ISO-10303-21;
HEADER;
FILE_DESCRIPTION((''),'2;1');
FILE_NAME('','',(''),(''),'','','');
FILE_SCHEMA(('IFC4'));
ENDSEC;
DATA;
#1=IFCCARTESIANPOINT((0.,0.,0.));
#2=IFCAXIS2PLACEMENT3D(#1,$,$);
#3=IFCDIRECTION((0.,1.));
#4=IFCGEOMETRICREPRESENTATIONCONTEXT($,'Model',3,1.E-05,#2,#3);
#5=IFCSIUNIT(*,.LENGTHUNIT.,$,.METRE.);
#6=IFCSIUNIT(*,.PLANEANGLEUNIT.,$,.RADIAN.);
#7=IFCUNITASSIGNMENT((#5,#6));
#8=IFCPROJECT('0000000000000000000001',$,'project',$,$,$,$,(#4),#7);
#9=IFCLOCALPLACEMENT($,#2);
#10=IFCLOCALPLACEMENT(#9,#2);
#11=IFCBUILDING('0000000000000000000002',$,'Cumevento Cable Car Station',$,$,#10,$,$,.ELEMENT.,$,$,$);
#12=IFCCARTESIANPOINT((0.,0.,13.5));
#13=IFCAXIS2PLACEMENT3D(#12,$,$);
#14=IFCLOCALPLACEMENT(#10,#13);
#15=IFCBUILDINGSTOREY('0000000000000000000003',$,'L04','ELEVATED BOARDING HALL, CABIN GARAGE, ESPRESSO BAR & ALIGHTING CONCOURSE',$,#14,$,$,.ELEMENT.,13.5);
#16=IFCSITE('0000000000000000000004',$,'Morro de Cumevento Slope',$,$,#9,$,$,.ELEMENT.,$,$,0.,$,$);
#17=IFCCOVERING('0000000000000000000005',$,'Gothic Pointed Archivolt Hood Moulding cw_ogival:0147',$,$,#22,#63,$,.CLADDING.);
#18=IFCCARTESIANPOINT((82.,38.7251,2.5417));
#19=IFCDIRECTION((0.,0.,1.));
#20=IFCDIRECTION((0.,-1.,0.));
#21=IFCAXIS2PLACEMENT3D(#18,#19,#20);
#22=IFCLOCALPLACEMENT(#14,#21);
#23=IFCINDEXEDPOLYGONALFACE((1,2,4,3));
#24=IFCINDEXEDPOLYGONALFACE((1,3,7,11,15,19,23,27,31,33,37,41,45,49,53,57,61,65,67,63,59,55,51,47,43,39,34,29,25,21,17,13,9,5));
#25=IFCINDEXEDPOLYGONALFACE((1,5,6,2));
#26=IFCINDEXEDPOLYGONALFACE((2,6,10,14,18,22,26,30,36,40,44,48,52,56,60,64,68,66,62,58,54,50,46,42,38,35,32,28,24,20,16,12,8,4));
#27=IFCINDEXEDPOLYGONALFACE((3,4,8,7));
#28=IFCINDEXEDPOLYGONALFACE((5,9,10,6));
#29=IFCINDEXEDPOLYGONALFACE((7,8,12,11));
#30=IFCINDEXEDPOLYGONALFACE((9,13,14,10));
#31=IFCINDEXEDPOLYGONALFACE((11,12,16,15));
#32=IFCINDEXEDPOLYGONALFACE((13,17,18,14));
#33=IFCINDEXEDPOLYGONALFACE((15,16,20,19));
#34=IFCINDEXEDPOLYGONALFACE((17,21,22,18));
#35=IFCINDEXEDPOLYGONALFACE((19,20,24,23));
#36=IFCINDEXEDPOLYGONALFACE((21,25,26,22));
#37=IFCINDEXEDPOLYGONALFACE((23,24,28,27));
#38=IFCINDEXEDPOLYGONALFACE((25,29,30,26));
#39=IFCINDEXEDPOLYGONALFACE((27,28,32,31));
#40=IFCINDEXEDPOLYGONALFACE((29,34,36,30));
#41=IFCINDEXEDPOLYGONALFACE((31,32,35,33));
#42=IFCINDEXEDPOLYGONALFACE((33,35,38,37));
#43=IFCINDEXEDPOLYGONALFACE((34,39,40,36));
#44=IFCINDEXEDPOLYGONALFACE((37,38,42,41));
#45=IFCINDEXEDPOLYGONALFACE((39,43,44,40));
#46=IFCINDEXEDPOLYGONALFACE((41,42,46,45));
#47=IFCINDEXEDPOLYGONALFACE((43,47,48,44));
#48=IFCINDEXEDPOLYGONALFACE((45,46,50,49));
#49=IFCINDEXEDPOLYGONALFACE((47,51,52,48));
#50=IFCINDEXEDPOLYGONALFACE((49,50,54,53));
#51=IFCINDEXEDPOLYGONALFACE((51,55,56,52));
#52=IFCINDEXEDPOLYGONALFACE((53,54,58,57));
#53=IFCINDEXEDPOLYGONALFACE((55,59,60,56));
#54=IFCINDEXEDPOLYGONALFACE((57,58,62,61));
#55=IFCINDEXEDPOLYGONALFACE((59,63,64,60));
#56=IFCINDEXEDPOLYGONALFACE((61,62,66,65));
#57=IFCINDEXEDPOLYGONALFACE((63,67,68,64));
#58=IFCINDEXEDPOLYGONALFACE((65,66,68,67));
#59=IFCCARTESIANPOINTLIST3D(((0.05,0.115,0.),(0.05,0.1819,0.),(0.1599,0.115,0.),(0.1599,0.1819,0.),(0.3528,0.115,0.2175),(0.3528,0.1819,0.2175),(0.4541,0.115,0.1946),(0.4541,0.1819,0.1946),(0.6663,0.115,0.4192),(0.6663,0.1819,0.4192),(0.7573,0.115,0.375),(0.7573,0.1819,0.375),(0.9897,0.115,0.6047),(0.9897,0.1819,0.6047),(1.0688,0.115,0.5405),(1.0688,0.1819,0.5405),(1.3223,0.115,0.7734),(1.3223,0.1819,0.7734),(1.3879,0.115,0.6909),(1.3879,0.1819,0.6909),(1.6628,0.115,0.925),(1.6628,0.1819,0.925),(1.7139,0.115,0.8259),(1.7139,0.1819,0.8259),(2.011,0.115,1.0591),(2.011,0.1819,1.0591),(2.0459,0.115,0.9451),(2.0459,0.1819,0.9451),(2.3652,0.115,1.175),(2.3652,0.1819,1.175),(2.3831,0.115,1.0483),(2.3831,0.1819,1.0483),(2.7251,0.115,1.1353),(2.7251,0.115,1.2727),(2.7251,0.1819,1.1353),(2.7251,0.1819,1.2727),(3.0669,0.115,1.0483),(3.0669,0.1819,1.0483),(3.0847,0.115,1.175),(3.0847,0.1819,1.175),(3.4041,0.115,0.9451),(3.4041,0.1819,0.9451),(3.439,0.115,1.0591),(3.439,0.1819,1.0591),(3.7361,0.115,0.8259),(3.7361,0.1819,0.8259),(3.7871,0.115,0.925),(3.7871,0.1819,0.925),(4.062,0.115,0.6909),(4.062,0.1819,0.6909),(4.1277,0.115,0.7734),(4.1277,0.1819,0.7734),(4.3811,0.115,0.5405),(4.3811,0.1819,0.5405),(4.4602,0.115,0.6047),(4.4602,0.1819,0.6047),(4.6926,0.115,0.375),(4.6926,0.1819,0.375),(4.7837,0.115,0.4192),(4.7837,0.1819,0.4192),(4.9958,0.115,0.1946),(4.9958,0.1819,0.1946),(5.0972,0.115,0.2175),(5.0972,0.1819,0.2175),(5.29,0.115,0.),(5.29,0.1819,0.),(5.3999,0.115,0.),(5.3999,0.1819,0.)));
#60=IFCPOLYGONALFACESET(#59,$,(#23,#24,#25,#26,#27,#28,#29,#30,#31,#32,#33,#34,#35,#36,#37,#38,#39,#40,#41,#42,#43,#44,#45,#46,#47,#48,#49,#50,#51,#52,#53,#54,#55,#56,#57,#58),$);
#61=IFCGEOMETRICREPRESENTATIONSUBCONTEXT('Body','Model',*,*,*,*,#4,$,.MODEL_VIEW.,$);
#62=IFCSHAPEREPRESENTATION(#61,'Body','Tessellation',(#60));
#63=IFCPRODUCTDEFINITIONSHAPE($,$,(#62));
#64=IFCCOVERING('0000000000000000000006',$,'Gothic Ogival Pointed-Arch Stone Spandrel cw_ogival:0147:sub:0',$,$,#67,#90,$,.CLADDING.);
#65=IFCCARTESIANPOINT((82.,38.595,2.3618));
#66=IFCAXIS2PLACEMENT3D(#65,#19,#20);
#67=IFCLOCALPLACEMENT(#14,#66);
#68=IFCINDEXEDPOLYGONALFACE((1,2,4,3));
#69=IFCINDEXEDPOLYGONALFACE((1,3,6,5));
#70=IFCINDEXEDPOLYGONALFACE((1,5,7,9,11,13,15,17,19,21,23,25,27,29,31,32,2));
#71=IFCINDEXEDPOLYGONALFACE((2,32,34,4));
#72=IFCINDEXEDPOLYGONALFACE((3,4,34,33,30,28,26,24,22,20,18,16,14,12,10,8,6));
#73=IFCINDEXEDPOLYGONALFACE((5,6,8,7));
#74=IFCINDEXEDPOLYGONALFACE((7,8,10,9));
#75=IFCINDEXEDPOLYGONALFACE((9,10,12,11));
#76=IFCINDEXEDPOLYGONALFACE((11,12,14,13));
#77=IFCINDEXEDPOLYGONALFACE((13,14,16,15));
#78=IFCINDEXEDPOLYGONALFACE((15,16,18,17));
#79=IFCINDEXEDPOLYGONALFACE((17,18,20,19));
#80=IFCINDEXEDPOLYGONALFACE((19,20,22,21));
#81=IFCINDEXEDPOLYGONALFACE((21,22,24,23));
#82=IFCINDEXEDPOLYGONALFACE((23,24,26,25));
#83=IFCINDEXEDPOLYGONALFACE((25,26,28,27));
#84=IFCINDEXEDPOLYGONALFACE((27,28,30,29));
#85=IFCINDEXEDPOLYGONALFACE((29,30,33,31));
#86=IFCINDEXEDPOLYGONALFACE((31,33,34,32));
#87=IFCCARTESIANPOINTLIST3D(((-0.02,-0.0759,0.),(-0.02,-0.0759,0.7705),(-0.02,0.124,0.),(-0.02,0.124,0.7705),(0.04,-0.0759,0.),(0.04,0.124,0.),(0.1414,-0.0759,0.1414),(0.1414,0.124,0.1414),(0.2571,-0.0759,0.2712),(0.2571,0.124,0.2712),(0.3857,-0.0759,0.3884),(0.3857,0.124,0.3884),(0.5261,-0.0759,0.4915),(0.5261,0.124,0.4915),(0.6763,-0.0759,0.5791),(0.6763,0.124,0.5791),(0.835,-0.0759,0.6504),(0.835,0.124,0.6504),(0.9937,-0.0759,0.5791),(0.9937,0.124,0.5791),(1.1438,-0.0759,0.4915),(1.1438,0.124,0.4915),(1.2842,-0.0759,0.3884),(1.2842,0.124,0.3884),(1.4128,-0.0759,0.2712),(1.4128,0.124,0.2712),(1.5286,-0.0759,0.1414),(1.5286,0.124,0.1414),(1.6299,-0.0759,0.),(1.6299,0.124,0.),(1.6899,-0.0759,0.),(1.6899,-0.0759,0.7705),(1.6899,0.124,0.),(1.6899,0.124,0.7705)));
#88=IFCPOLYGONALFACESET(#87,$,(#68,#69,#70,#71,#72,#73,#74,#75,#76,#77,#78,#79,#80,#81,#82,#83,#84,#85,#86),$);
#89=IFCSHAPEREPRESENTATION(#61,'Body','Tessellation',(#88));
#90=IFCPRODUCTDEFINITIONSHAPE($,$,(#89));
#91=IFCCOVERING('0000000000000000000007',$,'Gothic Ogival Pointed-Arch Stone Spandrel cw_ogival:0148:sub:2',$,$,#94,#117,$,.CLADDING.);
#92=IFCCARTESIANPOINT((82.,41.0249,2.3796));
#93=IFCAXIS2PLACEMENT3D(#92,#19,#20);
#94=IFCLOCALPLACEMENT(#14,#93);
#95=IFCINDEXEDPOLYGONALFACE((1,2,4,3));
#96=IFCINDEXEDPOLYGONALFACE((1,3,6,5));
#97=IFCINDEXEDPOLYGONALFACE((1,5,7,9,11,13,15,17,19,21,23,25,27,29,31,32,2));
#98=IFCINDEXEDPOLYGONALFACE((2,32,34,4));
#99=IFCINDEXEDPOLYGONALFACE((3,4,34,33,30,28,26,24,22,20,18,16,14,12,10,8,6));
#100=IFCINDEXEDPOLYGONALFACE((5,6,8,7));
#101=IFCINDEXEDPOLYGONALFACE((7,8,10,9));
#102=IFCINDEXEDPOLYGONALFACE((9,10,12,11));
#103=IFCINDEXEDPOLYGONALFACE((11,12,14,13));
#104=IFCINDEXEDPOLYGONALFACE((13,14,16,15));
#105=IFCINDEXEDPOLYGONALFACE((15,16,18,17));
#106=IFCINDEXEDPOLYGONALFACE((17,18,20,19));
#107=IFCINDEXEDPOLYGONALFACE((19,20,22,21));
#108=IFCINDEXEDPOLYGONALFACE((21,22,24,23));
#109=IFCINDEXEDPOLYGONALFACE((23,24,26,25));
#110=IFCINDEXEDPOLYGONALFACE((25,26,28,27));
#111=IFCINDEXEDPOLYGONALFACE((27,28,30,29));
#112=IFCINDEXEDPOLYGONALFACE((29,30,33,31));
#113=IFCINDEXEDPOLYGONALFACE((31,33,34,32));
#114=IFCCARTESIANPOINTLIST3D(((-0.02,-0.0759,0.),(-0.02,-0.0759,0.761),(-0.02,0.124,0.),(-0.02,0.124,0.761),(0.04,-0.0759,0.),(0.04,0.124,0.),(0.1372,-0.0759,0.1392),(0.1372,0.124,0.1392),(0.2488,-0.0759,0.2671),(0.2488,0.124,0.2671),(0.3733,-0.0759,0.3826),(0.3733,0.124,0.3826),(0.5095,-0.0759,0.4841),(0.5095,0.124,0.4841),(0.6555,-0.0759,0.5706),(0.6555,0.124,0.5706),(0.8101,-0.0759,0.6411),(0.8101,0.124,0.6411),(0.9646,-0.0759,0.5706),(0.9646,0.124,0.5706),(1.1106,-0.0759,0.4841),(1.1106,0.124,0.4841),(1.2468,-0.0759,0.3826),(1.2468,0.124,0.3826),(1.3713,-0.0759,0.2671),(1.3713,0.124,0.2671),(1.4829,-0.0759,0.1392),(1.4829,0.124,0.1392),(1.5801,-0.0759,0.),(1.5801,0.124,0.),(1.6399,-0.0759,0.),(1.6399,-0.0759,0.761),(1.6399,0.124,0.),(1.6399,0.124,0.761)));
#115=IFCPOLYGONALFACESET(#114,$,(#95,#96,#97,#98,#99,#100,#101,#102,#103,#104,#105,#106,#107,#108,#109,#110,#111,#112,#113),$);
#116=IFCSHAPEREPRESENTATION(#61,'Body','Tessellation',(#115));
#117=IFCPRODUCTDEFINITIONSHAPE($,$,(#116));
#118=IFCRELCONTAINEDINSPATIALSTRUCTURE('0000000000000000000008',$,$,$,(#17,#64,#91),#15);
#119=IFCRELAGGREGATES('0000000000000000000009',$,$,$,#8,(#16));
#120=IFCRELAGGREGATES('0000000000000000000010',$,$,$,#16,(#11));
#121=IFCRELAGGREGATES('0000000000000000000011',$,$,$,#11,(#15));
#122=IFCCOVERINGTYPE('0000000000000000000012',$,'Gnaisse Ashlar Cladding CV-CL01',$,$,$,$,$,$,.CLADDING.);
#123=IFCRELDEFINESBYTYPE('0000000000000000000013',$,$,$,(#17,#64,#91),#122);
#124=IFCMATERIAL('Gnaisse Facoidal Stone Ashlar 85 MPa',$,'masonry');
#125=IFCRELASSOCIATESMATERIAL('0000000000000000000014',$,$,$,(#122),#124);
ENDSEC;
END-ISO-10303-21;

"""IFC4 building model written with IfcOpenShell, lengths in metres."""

from ifc_helpers import new_model, si_unit, direction, frame, origin, place, context, subcontext, project, spatial, polyline, outline, extrude, material, type_object, element, save


model = new_model("IFC4")

# Units and contexts
model_context = context("Model", 3, precision=1e-05, world=origin(), true_north=direction((0.0, 1.0)))
body_context = subcontext(model_context, "Body", "Model", "MODEL_VIEW")
ifc_project = project(units=[si_unit("LENGTHUNIT", "METRE"), si_unit("PLANEANGLEUNIT", "RADIAN")], contexts=[model_context])

# Site, building, storey
site_placement = place(None, origin())
site = spatial("IfcSite", under=ifc_project, at=site_placement, Name="Morro de Cumevento Slope", CompositionType="ELEMENT", RefElevation=0.0)
building_placement = place(site_placement, origin())
building = spatial("IfcBuilding", under=site, at=building_placement, Name="Cumevento Cable Car Station", CompositionType="ELEMENT")
storey_placement = place(building_placement, frame((0.0, 0.0, 13.5)))
storey = spatial("IfcBuildingStorey", under=building, at=storey_placement, Name="L04", Description="ELEVATED BOARDING HALL, CABIN GARAGE, ESPRESSO BAR & ALIGHTING CONCOURSE", CompositionType="ELEMENT", Elevation=13.5)

# Coverings
ifc_material_1 = material(Name="Gnaisse Facoidal Stone Ashlar 85 MPa", Category="masonry")
covering_type = type_object("IfcCoveringType", Name="Gnaisse Ashlar Cladding CV-CL01", PredefinedType="CLADDING", material=ifc_material_1)
covering_1_placement = place(storey_placement, frame((82.0, 38.7251, 2.5417), z_axis=(0.0, 0.0, 1.0), x_axis=(0.0, -1.0, 0.0)))
element("IfcCovering", 1, at=covering_1_placement, inside=storey, type_object=covering_type, Name="Gothic Pointed Archivolt Hood Moulding cw_ogival:0147", PredefinedType="CLADDING", context=body_context, shape_type="SweptSolid", body=[
    extrude(outline(polyline([(0.1599, 0.0), (0.4541, 0.1946), (0.7573, 0.375), (1.0688, 0.5405), (1.3879, 0.6909), (1.7139, 0.8259), (2.0459, 0.9451), (2.3831, 1.0483), (2.7251, 1.1353), (3.0669, 1.0483), (3.4041, 0.9451), (3.7361, 0.8259), (4.062, 0.6909), (4.3811, 0.5405), (4.6926, 0.375), (4.9958, 0.1946), (5.29, 0.0), (5.3999, 0.0), (5.0972, 0.2175), (4.7837, 0.4192), (4.4602, 0.6047), (4.1277, 0.7734), (3.7871, 0.925), (3.439, 1.0591), (3.0847, 1.175), (2.7251, 1.2727), (2.3652, 1.175), (2.011, 1.0591), (1.6628, 0.925), (1.3223, 0.7734), (0.9897, 0.6047), (0.6663, 0.4192), (0.3528, 0.2175), (0.05, 0.0), (0.1599, 0.0)])), frame((0.0, 0.1819, 0.0), z_axis=(0.0, -1.0, 0.0), x_axis=(1.0, 0.0, 0.0)), (0.0, 0.0, 1.0), 0.0669),
])
covering_2_placement = place(storey_placement, frame((82.0, 38.595, 2.3618), z_axis=(0.0, 0.0, 1.0), x_axis=(0.0, -1.0, 0.0)))
element("IfcCovering", 2, at=covering_2_placement, inside=storey, type_object=covering_type, Name="Gothic Ogival Pointed-Arch Stone Spandrel cw_ogival:0147:sub:0", PredefinedType="CLADDING", context=body_context, shape_type="SweptSolid", body=[
    extrude(outline(polyline([(-0.02, 0.0), (-0.02, 0.7705), (1.6899, 0.7705), (1.6899, 0.0), (1.6299, 0.0), (1.5286, 0.1414), (1.4128, 0.2712), (1.2842, 0.3884), (1.1438, 0.4915), (0.9937, 0.5791), (0.835, 0.6504), (0.6763, 0.5791), (0.5261, 0.4915), (0.3857, 0.3884), (0.2571, 0.2712), (0.1414, 0.1414), (0.04, 0.0), (-0.02, 0.0)])), frame((0.0, 0.124, 0.0), z_axis=(0.0, -1.0, 0.0), x_axis=(1.0, 0.0, 0.0)), (0.0, 0.0, 1.0), 0.2),
])
covering_3_placement = place(storey_placement, frame((82.0, 41.0249, 2.3796), z_axis=(0.0, 0.0, 1.0), x_axis=(0.0, -1.0, 0.0)))
element("IfcCovering", 3, at=covering_3_placement, inside=storey, type_object=covering_type, Name="Gothic Ogival Pointed-Arch Stone Spandrel cw_ogival:0148:sub:2", PredefinedType="CLADDING", context=body_context, shape_type="SweptSolid", body=[
    extrude(outline(polyline([(-0.02, 0.0), (-0.02, 0.761), (1.6399, 0.761), (1.6399, 0.0), (1.5801, 0.0), (1.4829, 0.1392), (1.3713, 0.2671), (1.2468, 0.3826), (1.1106, 0.4841), (0.9646, 0.5706), (0.8101, 0.6411), (0.6555, 0.5706), (0.5095, 0.4841), (0.3733, 0.3826), (0.2488, 0.2671), (0.1372, 0.1392), (0.04, 0.0), (-0.02, 0.0)])), frame((0.0, 0.124, 0.0), z_axis=(0.0, -1.0, 0.0), x_axis=(1.0, 0.0, 0.0)), (0.0, 0.0, 1.0), 0.2),
])

save(model, "model.ifc")
